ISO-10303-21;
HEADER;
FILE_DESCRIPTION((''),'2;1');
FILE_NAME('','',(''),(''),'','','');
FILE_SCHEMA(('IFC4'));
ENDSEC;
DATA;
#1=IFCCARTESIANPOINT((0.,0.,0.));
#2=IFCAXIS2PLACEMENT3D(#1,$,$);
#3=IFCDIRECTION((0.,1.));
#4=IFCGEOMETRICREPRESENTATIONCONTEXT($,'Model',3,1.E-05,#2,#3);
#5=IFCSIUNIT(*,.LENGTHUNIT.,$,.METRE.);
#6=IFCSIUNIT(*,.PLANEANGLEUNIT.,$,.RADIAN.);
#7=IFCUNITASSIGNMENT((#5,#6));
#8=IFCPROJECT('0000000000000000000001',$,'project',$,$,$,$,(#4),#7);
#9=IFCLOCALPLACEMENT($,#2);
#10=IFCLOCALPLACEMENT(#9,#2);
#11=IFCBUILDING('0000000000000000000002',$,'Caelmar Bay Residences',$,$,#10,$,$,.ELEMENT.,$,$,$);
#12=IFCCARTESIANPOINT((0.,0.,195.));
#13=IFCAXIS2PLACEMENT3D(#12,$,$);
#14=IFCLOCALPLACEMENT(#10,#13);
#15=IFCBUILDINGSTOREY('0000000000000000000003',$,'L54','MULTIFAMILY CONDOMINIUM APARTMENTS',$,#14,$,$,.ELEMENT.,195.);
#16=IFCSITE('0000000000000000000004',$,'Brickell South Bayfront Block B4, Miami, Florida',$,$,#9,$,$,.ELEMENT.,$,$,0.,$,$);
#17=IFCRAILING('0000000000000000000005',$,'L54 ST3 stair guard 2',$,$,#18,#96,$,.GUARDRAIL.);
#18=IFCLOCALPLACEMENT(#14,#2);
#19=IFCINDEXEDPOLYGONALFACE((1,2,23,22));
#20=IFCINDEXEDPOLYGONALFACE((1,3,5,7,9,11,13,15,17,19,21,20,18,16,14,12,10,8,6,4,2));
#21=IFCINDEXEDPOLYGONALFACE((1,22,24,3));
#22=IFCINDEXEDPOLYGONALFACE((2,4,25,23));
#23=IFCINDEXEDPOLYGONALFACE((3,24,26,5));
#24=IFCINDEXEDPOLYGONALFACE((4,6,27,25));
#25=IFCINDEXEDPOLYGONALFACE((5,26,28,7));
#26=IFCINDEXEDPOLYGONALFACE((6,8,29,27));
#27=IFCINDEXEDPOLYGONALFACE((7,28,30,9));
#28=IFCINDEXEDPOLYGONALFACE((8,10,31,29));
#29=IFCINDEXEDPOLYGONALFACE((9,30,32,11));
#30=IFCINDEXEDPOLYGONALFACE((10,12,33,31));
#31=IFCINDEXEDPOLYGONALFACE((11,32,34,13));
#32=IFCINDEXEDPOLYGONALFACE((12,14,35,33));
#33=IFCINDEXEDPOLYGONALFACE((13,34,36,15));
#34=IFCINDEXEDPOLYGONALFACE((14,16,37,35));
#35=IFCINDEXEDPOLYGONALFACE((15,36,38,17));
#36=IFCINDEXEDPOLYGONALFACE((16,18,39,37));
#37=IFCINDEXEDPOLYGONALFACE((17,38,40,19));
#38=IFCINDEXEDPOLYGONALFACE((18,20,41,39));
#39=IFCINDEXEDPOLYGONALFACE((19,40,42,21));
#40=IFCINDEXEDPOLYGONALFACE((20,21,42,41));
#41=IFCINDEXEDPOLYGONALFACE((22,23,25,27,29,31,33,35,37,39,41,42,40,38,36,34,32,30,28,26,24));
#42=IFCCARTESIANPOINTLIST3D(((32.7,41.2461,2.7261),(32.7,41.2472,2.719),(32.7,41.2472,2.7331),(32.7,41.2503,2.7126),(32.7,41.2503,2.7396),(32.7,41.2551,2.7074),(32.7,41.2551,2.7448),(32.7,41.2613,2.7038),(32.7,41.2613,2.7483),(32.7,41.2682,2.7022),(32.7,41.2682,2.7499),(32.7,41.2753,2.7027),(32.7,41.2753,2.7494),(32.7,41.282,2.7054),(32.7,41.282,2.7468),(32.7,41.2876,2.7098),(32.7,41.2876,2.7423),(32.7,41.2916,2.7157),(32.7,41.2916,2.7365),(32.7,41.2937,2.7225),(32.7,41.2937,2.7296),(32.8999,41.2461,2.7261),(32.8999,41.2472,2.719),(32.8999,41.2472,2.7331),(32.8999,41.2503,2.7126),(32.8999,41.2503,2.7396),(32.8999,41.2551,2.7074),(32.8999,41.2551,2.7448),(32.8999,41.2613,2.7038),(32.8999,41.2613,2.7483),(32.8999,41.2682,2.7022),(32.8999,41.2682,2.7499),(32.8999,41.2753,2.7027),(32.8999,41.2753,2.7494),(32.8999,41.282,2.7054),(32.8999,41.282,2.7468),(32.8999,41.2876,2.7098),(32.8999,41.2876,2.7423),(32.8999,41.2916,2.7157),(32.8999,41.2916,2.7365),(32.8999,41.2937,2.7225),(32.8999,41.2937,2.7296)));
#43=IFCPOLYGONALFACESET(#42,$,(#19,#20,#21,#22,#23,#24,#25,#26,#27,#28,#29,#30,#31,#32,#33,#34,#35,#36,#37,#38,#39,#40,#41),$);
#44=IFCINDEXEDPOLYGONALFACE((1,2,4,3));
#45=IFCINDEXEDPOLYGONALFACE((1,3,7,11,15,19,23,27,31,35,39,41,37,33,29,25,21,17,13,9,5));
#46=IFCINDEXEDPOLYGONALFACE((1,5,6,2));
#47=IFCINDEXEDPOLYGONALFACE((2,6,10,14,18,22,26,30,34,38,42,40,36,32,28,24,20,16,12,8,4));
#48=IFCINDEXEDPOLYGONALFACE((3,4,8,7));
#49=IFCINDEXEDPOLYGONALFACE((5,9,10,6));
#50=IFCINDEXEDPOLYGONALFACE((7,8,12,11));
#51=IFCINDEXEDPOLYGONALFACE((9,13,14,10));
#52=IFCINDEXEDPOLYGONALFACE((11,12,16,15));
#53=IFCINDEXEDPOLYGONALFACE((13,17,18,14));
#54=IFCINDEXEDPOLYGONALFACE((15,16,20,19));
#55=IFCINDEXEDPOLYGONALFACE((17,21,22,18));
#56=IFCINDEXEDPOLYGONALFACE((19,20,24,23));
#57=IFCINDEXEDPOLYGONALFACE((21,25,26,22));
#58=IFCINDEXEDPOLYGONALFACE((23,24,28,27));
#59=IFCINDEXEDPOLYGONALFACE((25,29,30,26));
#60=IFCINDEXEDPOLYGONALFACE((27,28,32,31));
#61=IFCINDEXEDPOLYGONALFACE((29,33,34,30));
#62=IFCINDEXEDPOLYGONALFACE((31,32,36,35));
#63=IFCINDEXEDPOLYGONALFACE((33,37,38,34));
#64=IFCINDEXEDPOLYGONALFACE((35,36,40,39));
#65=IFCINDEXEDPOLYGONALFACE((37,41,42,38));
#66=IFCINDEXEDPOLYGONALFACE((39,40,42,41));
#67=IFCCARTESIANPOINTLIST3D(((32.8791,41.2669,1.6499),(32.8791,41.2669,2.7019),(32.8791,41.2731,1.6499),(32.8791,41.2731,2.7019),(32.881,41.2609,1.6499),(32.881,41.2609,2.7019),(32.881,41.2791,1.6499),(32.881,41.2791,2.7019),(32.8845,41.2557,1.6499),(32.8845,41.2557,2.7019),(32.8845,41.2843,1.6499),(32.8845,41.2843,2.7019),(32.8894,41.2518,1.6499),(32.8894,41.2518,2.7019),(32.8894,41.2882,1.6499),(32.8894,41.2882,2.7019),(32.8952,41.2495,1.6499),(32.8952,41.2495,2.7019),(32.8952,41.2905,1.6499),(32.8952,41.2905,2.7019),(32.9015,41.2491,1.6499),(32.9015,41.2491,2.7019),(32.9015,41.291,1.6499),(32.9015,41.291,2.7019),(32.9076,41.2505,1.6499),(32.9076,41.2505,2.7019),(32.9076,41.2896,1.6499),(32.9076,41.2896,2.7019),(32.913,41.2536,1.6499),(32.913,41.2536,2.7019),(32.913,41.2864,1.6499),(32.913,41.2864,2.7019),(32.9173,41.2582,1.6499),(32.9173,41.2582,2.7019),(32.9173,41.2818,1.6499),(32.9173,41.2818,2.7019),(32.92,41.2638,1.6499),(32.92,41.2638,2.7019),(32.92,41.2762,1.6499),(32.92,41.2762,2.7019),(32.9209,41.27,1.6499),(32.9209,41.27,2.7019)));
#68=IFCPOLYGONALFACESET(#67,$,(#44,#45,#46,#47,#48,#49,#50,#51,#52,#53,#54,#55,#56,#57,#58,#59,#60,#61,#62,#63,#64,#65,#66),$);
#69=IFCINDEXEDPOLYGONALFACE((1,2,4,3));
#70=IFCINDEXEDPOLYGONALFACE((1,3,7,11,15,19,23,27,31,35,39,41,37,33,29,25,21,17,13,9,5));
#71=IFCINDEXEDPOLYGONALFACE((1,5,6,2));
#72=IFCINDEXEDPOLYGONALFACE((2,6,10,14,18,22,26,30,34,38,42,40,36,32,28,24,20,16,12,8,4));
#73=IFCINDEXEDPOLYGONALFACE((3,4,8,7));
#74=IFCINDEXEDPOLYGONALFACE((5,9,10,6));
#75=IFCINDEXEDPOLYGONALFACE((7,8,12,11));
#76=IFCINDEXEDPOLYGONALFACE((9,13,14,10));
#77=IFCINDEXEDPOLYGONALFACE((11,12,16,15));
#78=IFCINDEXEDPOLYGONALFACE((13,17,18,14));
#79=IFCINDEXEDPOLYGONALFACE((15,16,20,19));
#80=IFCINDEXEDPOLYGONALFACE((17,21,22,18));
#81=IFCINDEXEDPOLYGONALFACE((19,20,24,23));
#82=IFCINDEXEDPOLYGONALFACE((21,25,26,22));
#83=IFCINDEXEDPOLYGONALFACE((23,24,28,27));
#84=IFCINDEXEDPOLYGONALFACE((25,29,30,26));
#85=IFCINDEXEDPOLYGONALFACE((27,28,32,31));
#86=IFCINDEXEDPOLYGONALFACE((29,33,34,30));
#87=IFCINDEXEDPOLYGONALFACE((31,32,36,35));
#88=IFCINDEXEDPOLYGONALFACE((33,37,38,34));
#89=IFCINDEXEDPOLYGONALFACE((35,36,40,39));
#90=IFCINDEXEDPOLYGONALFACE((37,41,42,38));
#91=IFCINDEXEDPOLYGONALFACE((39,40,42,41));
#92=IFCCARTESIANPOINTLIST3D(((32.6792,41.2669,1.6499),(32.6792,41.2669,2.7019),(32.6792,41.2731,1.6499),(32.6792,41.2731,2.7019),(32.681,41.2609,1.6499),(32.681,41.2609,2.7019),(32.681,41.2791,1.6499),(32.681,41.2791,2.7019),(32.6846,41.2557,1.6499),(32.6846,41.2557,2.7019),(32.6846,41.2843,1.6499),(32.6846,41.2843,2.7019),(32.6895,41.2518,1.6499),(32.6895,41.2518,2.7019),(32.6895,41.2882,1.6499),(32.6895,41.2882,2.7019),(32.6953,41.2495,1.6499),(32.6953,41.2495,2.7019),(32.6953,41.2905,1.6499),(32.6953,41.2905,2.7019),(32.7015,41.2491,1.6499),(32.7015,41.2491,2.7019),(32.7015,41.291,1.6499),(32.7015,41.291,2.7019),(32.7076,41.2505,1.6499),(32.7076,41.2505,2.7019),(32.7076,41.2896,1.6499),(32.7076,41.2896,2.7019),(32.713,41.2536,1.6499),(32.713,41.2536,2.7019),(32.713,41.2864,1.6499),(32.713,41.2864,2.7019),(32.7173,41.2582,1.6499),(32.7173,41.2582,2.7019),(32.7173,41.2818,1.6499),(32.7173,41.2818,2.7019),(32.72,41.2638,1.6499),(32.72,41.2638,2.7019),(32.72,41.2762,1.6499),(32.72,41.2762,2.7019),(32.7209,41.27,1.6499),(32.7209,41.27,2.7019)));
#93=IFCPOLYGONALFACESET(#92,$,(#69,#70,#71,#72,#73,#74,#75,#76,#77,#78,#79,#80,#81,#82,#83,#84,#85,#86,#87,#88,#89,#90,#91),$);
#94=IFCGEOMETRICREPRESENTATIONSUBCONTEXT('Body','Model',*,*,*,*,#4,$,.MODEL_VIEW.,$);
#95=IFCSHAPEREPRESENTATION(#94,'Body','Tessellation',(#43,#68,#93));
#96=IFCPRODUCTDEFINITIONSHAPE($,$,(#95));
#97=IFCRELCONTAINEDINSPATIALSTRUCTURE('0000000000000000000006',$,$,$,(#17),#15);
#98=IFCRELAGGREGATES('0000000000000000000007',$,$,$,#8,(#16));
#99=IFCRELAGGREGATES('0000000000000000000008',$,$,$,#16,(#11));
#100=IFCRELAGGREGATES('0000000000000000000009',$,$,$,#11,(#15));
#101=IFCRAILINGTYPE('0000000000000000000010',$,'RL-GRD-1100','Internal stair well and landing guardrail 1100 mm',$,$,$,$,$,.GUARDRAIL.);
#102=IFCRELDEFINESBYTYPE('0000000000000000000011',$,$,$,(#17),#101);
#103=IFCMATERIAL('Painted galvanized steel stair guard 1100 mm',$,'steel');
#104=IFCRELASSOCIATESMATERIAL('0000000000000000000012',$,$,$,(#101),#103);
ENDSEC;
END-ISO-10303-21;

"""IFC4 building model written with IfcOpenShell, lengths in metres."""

from ifc_helpers import new_model, si_unit, direction, frame, origin, origin_2d, place, context, subcontext, project, spatial, circle, extrude, material, type_object, element, save


model = new_model("IFC4")

# Units and contexts
model_context = context("Model", 3, precision=1e-05, world=origin(), true_north=direction((0.0, 1.0)))
body_context = subcontext(model_context, "Body", "Model", "MODEL_VIEW")
ifc_project = project(units=[si_unit("LENGTHUNIT", "METRE"), si_unit("PLANEANGLEUNIT", "RADIAN")], contexts=[model_context])

# Site, building, storey
site_placement = place(None, origin())
site = spatial("IfcSite", under=ifc_project, at=site_placement, Name="Brickell South Bayfront Block B4, Miami, Florida", CompositionType="ELEMENT", RefElevation=0.0)
building_placement = place(site_placement, origin())
building = spatial("IfcBuilding", under=site, at=building_placement, Name="Caelmar Bay Residences", CompositionType="ELEMENT")
storey_placement = place(building_placement, frame((0.0, 0.0, 195.0)))
storey = spatial("IfcBuildingStorey", under=building, at=storey_placement, Name="L54", Description="MULTIFAMILY CONDOMINIUM APARTMENTS", CompositionType="ELEMENT", Elevation=195.0)

# Railing
ifc_material_1 = material(Name="Painted galvanized steel stair guard 1100 mm", Category="steel")
railing_type_1 = type_object("IfcRailingType", Name="RL-GRD-1100", Description="Internal stair well and landing guardrail 1100 mm", PredefinedType="GUARDRAIL", material=ifc_material_1)
railing_1_placement = place(storey_placement, frame((32.8999, 41.27, 1.6499)))
element("IfcRailing", 1, at=railing_1_placement, inside=storey, type_object=railing_type_1, Name="L54 ST3 stair guard 2", PredefinedType="GUARDRAIL", context=body_context, shape_type="SweptSolid", body=[
    extrude(circle(Radius=0.0239, at=origin_2d()), frame((0.0, 0.0, 1.0762), z_axis=(-1.0, 0.0, 0.0), x_axis=(0.0, -1.0, 0.0)), (0.0, 0.0, 1.0), 0.2),
    extrude(circle(Radius=0.021, at=origin_2d()), origin(), (0.0, 0.0, 1.0), 1.052),
    extrude(circle(Radius=0.021, at=origin_2d()), frame((-0.2, 0.0, 0.0)), (0.0, 0.0, 1.0), 1.052),
])

save(model, "model.ifc")
